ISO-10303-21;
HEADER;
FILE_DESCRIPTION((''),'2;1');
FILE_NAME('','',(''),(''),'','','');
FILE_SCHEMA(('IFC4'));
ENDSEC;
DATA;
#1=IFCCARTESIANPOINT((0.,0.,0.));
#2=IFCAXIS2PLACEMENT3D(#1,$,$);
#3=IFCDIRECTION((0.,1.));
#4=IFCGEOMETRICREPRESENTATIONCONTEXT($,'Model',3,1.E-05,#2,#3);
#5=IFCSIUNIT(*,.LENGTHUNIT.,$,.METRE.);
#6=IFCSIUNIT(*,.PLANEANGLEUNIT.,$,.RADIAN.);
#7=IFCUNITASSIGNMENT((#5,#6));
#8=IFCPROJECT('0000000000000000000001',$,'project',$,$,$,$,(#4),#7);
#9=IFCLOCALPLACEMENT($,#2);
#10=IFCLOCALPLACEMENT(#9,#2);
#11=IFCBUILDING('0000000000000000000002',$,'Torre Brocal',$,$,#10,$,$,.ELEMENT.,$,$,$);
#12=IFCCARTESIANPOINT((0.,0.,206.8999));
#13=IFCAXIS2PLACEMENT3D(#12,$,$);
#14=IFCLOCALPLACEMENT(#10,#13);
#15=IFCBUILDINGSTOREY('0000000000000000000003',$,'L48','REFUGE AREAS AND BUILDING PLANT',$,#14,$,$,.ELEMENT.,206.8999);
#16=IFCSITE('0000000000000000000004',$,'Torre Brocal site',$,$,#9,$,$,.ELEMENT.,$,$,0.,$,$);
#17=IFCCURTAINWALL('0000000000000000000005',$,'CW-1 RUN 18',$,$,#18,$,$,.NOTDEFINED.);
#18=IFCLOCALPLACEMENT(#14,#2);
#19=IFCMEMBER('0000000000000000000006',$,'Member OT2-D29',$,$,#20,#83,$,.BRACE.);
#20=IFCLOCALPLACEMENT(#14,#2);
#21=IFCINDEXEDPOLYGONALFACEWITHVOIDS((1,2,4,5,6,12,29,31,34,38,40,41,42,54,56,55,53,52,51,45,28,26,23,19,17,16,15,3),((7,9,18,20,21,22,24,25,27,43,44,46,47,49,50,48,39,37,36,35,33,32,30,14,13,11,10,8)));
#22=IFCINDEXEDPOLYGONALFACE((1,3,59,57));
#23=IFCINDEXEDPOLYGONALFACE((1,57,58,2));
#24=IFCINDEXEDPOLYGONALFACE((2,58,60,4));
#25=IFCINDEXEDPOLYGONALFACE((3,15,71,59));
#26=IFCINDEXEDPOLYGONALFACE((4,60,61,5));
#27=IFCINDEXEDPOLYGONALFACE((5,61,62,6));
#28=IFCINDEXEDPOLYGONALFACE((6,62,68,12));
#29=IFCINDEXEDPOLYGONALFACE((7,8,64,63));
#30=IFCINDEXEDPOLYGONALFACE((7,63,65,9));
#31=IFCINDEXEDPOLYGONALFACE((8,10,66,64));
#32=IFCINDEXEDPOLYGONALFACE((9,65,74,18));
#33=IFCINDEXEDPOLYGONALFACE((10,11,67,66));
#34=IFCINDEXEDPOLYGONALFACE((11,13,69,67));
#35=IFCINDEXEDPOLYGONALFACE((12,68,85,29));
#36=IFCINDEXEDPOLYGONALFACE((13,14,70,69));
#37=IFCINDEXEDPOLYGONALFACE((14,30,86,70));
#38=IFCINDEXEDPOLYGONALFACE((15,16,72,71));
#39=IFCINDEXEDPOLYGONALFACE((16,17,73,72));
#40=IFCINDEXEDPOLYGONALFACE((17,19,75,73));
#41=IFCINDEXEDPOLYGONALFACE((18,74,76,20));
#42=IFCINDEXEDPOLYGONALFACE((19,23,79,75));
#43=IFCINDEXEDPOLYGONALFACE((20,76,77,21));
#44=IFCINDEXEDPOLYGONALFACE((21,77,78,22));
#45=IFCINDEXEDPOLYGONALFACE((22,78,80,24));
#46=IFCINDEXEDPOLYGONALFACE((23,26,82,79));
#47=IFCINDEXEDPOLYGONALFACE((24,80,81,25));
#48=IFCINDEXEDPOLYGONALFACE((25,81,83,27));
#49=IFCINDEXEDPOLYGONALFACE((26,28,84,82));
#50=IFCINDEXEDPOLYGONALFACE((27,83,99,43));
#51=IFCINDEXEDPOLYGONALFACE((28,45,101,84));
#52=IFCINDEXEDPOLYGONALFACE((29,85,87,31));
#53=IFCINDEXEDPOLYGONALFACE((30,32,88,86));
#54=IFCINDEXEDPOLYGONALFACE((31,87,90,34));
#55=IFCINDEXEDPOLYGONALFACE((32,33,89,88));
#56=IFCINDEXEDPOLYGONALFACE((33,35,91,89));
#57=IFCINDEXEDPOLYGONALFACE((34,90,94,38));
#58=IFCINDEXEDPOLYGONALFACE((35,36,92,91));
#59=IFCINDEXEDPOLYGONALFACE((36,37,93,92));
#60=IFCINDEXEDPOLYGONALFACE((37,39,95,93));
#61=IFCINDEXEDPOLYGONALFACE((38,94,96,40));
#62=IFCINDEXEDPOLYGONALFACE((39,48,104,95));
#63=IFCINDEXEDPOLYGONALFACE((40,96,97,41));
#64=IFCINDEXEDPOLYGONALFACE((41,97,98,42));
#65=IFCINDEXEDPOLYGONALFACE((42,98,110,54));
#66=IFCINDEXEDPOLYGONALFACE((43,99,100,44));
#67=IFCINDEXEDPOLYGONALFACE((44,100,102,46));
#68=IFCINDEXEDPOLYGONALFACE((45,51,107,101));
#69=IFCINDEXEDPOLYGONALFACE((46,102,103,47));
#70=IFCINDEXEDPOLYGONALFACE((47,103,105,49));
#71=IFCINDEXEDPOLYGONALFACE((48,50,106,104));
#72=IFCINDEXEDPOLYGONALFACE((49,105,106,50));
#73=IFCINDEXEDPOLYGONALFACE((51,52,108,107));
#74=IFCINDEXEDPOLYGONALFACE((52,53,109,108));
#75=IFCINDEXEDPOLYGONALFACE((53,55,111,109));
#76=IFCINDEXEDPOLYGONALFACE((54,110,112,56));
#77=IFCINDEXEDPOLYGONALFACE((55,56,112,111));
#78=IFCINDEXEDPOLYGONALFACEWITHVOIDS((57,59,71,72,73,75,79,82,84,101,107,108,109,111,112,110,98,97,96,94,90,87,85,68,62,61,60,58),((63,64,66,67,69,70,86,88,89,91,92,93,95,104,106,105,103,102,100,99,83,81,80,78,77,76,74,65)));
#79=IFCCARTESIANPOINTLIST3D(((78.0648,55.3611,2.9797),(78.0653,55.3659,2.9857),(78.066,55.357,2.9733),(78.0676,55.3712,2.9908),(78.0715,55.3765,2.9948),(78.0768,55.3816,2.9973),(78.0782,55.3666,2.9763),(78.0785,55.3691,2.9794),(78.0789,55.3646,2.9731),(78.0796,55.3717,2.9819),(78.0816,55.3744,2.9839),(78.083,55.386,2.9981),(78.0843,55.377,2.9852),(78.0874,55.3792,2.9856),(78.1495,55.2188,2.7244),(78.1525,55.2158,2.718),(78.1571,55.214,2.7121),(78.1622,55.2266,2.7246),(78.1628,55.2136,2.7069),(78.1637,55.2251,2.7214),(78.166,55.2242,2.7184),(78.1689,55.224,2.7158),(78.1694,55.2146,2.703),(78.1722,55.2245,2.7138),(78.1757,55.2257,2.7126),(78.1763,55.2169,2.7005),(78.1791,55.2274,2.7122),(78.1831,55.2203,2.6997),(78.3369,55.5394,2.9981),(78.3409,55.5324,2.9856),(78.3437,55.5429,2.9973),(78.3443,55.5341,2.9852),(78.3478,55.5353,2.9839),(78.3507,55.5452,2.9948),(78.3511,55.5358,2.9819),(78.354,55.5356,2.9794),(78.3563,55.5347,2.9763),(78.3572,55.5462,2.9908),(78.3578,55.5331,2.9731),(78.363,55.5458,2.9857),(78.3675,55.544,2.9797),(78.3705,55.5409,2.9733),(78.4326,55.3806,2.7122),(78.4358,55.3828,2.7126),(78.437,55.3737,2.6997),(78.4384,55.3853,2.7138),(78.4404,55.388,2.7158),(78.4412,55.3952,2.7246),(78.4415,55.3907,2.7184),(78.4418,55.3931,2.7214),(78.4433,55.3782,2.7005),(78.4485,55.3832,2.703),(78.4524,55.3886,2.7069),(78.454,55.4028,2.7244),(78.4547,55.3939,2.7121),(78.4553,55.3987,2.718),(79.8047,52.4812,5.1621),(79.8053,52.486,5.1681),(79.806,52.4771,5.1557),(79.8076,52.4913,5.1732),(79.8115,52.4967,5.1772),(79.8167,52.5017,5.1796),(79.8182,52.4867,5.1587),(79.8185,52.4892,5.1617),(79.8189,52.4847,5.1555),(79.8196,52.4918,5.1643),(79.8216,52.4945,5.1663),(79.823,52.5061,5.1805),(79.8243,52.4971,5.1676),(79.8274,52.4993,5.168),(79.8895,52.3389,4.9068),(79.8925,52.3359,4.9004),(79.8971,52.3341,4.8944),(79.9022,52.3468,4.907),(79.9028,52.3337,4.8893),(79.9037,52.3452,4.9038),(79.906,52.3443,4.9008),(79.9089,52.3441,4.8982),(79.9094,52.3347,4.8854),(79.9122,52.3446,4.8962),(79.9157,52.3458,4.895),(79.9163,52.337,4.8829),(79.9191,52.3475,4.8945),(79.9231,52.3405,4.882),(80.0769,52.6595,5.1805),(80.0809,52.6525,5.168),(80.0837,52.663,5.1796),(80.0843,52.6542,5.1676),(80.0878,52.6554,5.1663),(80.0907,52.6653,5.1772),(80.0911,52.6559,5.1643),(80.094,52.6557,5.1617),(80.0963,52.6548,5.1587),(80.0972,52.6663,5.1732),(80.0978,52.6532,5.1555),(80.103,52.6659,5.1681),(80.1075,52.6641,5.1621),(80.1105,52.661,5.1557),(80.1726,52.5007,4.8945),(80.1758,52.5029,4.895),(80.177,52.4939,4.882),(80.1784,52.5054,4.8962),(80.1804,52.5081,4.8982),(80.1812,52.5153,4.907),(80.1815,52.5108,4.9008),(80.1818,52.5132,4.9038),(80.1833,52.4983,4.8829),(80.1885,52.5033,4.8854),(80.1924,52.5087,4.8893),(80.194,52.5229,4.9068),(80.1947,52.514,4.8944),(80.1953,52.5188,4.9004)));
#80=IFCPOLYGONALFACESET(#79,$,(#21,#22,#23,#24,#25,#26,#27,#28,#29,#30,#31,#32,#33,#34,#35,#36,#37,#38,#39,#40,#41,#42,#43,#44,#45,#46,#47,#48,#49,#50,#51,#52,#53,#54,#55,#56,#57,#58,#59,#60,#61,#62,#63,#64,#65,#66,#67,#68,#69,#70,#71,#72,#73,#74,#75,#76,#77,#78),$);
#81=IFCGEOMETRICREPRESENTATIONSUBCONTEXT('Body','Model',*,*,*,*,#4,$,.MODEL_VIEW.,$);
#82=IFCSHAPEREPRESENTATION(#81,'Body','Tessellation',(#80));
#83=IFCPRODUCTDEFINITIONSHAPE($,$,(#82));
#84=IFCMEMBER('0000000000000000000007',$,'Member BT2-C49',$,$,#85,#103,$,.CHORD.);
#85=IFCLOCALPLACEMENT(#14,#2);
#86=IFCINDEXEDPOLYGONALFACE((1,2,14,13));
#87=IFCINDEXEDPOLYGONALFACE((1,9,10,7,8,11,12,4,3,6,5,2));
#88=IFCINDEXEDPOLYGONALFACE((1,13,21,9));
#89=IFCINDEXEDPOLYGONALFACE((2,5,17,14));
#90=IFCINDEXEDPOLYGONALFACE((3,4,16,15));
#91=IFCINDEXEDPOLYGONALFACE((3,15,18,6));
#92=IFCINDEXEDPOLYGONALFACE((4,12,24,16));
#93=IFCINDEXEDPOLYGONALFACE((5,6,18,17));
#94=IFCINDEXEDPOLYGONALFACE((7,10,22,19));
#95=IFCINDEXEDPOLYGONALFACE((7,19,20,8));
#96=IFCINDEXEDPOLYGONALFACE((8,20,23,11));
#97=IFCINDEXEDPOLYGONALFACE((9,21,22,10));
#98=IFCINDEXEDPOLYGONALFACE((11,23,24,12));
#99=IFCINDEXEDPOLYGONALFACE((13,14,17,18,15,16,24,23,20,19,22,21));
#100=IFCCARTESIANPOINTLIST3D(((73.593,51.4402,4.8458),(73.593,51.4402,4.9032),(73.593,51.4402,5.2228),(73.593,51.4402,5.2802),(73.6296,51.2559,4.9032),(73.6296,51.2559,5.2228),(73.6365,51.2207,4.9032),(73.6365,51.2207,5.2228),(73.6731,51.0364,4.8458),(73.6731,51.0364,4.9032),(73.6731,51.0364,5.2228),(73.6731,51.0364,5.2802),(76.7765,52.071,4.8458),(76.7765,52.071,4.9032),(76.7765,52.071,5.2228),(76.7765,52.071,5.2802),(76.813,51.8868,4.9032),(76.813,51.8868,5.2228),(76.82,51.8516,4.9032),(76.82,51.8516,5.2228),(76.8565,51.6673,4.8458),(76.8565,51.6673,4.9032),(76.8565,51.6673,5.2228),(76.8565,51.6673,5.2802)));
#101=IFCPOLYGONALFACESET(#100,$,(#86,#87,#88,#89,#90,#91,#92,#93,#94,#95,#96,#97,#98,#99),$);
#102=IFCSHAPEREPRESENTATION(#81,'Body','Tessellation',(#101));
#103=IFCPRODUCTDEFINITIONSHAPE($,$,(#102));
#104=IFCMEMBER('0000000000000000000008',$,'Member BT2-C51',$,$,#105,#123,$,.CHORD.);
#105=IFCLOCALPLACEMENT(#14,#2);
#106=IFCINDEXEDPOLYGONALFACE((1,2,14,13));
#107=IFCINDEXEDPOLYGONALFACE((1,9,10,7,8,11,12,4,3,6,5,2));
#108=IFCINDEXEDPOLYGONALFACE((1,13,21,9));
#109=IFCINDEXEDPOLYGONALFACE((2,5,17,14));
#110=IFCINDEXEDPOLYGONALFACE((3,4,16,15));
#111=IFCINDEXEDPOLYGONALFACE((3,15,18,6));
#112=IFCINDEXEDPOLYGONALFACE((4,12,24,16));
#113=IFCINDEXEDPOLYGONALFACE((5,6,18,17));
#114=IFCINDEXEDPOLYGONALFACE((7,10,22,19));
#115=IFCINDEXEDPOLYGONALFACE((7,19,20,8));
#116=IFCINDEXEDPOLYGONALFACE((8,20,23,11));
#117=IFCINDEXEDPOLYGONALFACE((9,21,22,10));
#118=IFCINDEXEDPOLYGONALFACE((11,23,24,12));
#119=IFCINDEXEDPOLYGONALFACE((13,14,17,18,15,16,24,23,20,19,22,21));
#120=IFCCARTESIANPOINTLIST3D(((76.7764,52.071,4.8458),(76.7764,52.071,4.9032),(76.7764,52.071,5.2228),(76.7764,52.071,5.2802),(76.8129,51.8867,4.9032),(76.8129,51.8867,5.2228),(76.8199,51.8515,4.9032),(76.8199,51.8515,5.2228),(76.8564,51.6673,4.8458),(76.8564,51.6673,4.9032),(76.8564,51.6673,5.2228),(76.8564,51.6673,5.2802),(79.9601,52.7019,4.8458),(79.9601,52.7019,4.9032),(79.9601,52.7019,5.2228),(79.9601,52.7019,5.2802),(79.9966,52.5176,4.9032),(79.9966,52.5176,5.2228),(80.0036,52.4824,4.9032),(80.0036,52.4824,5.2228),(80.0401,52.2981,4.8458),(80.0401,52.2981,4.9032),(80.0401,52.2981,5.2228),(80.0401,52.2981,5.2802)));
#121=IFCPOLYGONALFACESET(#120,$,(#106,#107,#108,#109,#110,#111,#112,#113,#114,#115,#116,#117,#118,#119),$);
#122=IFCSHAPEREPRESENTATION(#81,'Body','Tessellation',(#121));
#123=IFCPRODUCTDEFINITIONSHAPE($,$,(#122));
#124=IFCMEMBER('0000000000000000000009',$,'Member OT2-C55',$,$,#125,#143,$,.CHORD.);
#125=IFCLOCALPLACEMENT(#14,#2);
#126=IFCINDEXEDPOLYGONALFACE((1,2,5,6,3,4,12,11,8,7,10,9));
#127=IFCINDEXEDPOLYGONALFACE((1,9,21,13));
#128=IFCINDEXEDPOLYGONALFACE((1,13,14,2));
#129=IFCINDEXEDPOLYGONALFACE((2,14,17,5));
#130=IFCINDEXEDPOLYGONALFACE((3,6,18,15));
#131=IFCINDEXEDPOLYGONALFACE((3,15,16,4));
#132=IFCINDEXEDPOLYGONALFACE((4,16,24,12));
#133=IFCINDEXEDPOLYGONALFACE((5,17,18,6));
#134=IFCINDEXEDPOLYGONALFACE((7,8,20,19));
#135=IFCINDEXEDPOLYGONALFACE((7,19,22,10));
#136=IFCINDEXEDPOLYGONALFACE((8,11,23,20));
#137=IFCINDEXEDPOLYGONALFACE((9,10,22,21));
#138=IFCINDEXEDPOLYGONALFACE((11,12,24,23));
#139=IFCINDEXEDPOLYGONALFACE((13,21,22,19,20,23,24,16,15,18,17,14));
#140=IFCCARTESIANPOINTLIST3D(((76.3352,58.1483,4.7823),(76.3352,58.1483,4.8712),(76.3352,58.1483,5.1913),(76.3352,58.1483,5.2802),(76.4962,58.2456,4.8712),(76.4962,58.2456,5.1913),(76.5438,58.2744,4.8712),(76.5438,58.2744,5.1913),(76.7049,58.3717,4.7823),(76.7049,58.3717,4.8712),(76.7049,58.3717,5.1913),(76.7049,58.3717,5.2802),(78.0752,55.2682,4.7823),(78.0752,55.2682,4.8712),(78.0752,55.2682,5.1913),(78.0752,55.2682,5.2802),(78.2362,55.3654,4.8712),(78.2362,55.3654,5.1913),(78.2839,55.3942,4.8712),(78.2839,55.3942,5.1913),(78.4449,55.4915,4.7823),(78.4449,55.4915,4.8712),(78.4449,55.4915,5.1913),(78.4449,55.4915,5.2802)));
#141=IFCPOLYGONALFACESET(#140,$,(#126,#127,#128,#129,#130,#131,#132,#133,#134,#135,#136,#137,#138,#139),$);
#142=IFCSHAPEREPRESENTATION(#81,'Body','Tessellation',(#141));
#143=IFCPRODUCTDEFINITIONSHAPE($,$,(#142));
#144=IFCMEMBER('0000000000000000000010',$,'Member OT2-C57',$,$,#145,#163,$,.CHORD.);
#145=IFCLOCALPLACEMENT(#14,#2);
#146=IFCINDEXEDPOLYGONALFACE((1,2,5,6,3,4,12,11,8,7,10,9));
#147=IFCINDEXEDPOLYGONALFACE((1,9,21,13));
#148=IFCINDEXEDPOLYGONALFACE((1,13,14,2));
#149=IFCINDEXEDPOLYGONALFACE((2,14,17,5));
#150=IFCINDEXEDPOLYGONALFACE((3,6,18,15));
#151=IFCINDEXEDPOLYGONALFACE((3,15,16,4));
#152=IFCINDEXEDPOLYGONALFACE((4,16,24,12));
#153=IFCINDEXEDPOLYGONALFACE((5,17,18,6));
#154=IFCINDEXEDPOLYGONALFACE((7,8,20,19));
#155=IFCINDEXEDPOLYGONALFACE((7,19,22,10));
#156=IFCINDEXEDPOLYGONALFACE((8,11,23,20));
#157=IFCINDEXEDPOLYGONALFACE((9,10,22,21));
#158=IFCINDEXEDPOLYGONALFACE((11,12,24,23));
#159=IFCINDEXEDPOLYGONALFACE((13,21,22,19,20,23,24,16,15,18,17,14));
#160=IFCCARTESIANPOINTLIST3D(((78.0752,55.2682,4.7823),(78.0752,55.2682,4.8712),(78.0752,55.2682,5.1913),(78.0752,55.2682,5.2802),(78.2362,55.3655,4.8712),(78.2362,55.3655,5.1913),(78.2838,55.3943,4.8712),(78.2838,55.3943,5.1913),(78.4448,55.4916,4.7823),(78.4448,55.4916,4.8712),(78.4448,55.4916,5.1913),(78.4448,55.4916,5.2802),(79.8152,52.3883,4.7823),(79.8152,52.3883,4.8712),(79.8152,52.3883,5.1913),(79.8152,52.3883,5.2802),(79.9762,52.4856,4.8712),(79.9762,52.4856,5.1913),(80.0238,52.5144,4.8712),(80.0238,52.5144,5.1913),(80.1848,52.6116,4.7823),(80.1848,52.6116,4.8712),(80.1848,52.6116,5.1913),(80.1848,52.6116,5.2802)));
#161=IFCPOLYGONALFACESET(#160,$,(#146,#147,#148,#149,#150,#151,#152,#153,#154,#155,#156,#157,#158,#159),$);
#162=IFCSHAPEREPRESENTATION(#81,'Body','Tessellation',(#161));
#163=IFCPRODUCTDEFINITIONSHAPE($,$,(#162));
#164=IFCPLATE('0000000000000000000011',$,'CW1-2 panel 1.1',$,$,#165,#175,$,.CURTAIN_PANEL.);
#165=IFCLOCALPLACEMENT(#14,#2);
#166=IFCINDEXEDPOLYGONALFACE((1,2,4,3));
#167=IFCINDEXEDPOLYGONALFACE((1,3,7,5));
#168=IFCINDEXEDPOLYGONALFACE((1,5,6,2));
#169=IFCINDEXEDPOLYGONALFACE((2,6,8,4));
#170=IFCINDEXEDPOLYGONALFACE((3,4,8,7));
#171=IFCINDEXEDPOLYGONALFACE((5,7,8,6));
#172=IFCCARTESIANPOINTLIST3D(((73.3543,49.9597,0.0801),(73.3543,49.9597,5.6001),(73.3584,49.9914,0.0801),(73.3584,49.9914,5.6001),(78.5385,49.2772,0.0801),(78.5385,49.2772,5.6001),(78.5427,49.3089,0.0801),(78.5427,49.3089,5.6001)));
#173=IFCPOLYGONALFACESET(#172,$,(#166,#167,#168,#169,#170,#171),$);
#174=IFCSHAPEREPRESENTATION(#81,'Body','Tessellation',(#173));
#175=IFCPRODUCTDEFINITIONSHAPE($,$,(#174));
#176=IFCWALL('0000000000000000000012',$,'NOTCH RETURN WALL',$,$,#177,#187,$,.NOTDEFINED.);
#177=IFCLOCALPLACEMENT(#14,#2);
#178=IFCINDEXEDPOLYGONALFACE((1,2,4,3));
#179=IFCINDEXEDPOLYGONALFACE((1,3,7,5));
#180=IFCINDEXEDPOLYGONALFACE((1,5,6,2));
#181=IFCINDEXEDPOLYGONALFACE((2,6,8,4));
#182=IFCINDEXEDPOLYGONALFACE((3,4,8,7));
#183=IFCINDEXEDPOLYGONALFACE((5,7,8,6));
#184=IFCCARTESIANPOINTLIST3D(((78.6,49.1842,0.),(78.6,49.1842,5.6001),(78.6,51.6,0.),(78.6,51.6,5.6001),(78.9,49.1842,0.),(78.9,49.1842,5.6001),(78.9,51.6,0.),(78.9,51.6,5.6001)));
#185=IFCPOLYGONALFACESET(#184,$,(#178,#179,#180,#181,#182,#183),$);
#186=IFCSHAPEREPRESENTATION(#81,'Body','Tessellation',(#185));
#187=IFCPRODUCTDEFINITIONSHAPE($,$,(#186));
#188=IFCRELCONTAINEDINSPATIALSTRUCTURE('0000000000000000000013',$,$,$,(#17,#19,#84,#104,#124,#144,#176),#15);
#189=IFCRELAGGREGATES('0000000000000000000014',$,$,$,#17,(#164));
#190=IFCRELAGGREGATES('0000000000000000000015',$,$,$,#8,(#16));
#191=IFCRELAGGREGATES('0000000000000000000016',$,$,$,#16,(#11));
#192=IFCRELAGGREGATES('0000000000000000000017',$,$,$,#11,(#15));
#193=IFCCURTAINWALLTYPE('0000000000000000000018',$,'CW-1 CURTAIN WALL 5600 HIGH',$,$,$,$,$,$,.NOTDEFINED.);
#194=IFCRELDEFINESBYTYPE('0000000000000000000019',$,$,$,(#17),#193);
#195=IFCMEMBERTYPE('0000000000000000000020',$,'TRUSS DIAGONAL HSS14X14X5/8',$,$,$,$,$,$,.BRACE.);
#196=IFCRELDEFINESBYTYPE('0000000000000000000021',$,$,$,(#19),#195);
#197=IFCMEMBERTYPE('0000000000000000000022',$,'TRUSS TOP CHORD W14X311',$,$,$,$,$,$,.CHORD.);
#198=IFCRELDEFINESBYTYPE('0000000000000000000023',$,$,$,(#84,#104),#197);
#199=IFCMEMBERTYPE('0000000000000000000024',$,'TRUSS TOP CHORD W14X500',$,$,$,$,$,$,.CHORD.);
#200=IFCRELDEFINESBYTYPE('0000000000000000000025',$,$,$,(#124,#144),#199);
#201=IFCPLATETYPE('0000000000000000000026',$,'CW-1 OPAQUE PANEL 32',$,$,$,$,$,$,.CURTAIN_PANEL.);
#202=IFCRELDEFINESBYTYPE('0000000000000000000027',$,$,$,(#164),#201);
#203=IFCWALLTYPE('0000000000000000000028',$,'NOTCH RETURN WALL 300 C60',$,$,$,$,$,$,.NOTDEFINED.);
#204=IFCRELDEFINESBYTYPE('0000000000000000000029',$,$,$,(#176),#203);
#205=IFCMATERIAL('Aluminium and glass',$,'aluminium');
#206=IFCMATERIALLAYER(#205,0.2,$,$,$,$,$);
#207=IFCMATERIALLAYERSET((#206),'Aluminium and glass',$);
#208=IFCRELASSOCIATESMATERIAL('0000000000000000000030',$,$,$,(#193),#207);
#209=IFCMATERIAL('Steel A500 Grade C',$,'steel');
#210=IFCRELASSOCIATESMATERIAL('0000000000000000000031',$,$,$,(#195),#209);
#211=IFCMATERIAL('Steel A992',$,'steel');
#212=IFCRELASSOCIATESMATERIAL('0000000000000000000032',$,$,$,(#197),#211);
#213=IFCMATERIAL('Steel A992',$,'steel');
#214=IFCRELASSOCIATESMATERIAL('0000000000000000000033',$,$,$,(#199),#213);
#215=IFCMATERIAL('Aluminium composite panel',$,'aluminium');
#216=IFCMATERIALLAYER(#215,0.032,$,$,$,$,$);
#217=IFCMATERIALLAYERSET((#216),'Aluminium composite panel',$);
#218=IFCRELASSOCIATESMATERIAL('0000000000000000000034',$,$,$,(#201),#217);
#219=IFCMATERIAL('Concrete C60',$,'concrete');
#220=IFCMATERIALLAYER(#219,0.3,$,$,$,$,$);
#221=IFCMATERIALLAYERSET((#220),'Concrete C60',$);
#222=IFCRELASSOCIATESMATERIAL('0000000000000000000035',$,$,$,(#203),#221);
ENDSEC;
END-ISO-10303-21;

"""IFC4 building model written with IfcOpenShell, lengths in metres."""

from ifc_helpers import new_model, si_unit, direction, frame, frame_2d, origin, origin_2d, place, context, subcontext, project, spatial, rectangle, hollow_rectangle, i_section, extrude, material, layer, layer_set, material_profile, profile_set, type_object, element, aggregate, save


model = new_model("IFC4")

# Units and contexts
model_context = context("Model", 3, precision=1e-05, world=origin(), true_north=direction((0.0, 1.0)))
body_context = subcontext(model_context, "Body", "Model", "MODEL_VIEW")
ifc_project = project(units=[si_unit("LENGTHUNIT", "METRE"), si_unit("PLANEANGLEUNIT", "RADIAN")], contexts=[model_context])

# Site, building, storey
site_placement = place(None, origin())
site = spatial("IfcSite", under=ifc_project, at=site_placement, Name="Torre Brocal site", CompositionType="ELEMENT", RefElevation=0.0)
building_placement = place(site_placement, origin())
building = spatial("IfcBuilding", under=site, at=building_placement, Name="Torre Brocal", CompositionType="ELEMENT")
storey_placement = place(building_placement, frame((0.0, 0.0, 206.8999)))
storey = spatial("IfcBuildingStorey", under=building, at=storey_placement, Name="L48", Description="REFUGE AREAS AND BUILDING PLANT", CompositionType="ELEMENT", Elevation=206.8999)

# Curtain wall
ifc_material_1 = material(Name="Aluminium and glass", Category="aluminium")
ifc_layer_1 = layer(ifc_material_1, 0.2)
ifc_layer_set_1 = layer_set([ifc_layer_1], Name="Aluminium and glass")
curtain_wall_type = type_object("IfcCurtainWallType", Name="CW-1 CURTAIN WALL 5600 HIGH", PredefinedType="NOTDEFINED", material=ifc_layer_set_1)
curtain_wall_placement = place(storey_placement, origin())
curtain_wall = element("IfcCurtainWall", 1, at=curtain_wall_placement, inside=storey, type_object=curtain_wall_type, Name="CW-1 RUN 18", PredefinedType="NOTDEFINED")

# Members
ifc_material_2 = material(Name="Steel A500 Grade C", Category="steel")
ifc_material_profile_1 = material_profile(ifc_material_2, hollow_rectangle(XDim=0.3557, YDim=0.3557, WallThickness=0.0149, InnerFilletRadius=0.0149, OuterFilletRadius=0.0295, at=origin_2d()), Name="HSS14X14X5/8")
ifc_profile_set_1 = profile_set([ifc_material_profile_1], Name="Steel A500 Grade C")
member_type_1 = type_object("IfcMemberType", Name="TRUSS DIAGONAL HSS14X14X5/8", PredefinedType="BRACE", material=ifc_profile_set_1)
member_1_placement = place(storey_placement, frame((78.26, 55.3799, 2.8489), z_axis=(0.43386, -0.718087, 0.544166), x_axis=(0.855908, 0.517129, 0.0)))
element("IfcMember", 2, at=member_1_placement, inside=storey, type_object=member_type_1, Name="Member OT2-D29", PredefinedType="BRACE", context=body_context, shape_type="SweptSolid", body=[
    extrude(hollow_rectangle(XDim=0.3557, YDim=0.3557, WallThickness=0.0149, InnerFilletRadius=0.0149, OuterFilletRadius=0.0295, at=origin_2d()), origin(), (0.0, 0.0, 1.0), 4.0105),
])
ifc_material_3 = material(Name="Steel A992", Category="steel")
ifc_material_profile_2 = material_profile(ifc_material_3, i_section(OverallWidth=0.4116, OverallDepth=0.4343, WebThickness=0.0359, FlangeThickness=0.0574, at=origin_2d()), Name="W14X311")
ifc_profile_set_2 = profile_set([ifc_material_profile_2], Name="Steel A992")
member_type_2 = type_object("IfcMemberType", Name="TRUSS TOP CHORD W14X311", PredefinedType="CHORD", material=ifc_profile_set_2)
member_2_placement = place(storey_placement, frame((73.6331, 51.2383, 5.063), z_axis=(0.980923, 0.194394, 0.0), x_axis=(-0.194394, 0.980923, 0.0)))
element("IfcMember", 3, at=member_2_placement, inside=storey, type_object=member_type_2, Name="Member BT2-C49", PredefinedType="CHORD", context=body_context, shape_type="SweptSolid", body=[
    extrude(i_section(OverallWidth=0.4116, OverallDepth=0.4343, WebThickness=0.0359, FlangeThickness=0.0574, at=origin_2d()), origin(), (0.0, 0.0, 1.0), 3.2454),
])
member_3_placement = place(storey_placement, frame((76.8164, 51.8691, 5.063), z_axis=(0.980926, 0.19438, 0.0), x_axis=(-0.19438, 0.980926, 0.0)))
element("IfcMember", 4, at=member_3_placement, inside=storey, type_object=member_type_2, Name="Member BT2-C51", PredefinedType="CHORD", context=body_context, shape_type="SweptSolid", body=[
    extrude(i_section(OverallWidth=0.4116, OverallDepth=0.4343, WebThickness=0.0359, FlangeThickness=0.0574, at=origin_2d()), origin(), (0.0, 0.0, 1.0), 3.2456),
])
ifc_material_4 = material(Name="Steel A992", Category="steel")
ifc_material_profile_3 = material_profile(ifc_material_4, i_section(OverallWidth=0.4319, OverallDepth=0.4978, WebThickness=0.0557, FlangeThickness=0.0889, at=origin_2d()), Name="W14X500")
ifc_profile_set_3 = profile_set([ifc_material_profile_3], Name="Steel A992")
member_type_3 = type_object("IfcMemberType", Name="TRUSS TOP CHORD W14X500", PredefinedType="CHORD", material=ifc_profile_set_3)
member_4_placement = place(storey_placement, frame((76.52, 58.26, 5.0312), z_axis=(0.517097, -0.855927, 0.0), x_axis=(0.855927, 0.517097, 0.0)))
element("IfcMember", 5, at=member_4_placement, inside=storey, type_object=member_type_3, Name="Member OT2-C55", PredefinedType="CHORD", context=body_context, shape_type="SweptSolid", body=[
    extrude(i_section(OverallWidth=0.4319, OverallDepth=0.4978, WebThickness=0.0557, FlangeThickness=0.0889, at=origin_2d()), origin(), (0.0, 0.0, 1.0), 3.365),
])
member_5_placement = place(storey_placement, frame((78.26, 55.3799, 5.0312), z_axis=(0.517129, -0.855908, 0.0), x_axis=(0.855908, 0.517129, 0.0)))
element("IfcMember", 6, at=member_5_placement, inside=storey, type_object=member_type_3, Name="Member OT2-C57", PredefinedType="CHORD", context=body_context, shape_type="SweptSolid", body=[
    extrude(i_section(OverallWidth=0.4319, OverallDepth=0.4978, WebThickness=0.0557, FlangeThickness=0.0889, at=origin_2d()), origin(), (0.0, 0.0, 1.0), 3.3647),
])

# Plate
ifc_material_5 = material(Name="Aluminium composite panel", Category="aluminium")
ifc_layer_2 = layer(ifc_material_5, 0.032)
ifc_layer_set_2 = layer_set([ifc_layer_2], Name="Aluminium composite panel")
plate_type = type_object("IfcPlateType", Name="CW-1 OPAQUE PANEL 32", PredefinedType="CURTAIN_PANEL", material=ifc_layer_set_2)
plate_placement = place(storey_placement, frame((75.9485, 49.6343, 0.0801), z_axis=(0.0, 0.0, 1.0), x_axis=(0.991445, -0.130526, 0.0)))
plate = element("IfcPlate", 7, at=plate_placement, type_object=plate_type, Name="CW1-2 panel 1.1", PredefinedType="CURTAIN_PANEL", context=body_context, shape_type="SweptSolid", body=[
    extrude(rectangle(XDim=5.229, YDim=0.032, at=origin_2d()), origin(), (0.0, 0.0, 1.0), 5.52),
])
aggregate(curtain_wall, [plate])

# Wall
ifc_material_6 = material(Name="Concrete C60", Category="concrete")
ifc_layer_3 = layer(ifc_material_6, 0.3)
ifc_layer_set_3 = layer_set([ifc_layer_3], Name="Concrete C60")
wall_type = type_object("IfcWallType", Name="NOTCH RETURN WALL 300 C60", PredefinedType="NOTDEFINED", material=ifc_layer_set_3)
wall_placement = place(storey_placement, frame((78.75, 51.6001, 0.0), z_axis=(0.0, 0.0, 1.0), x_axis=(0.0, -1.0, 0.0)))
element("IfcWall", 8, at=wall_placement, inside=storey, type_object=wall_type, Name="NOTCH RETURN WALL", PredefinedType="NOTDEFINED", context=body_context, shape_type="SweptSolid", body=[
    extrude(rectangle(XDim=2.4158, YDim=0.3, at=frame_2d((1.208, 0.0))), origin(), (0.0, 0.0, 1.0), 5.6001),
])

save(model, "model.ifc")
